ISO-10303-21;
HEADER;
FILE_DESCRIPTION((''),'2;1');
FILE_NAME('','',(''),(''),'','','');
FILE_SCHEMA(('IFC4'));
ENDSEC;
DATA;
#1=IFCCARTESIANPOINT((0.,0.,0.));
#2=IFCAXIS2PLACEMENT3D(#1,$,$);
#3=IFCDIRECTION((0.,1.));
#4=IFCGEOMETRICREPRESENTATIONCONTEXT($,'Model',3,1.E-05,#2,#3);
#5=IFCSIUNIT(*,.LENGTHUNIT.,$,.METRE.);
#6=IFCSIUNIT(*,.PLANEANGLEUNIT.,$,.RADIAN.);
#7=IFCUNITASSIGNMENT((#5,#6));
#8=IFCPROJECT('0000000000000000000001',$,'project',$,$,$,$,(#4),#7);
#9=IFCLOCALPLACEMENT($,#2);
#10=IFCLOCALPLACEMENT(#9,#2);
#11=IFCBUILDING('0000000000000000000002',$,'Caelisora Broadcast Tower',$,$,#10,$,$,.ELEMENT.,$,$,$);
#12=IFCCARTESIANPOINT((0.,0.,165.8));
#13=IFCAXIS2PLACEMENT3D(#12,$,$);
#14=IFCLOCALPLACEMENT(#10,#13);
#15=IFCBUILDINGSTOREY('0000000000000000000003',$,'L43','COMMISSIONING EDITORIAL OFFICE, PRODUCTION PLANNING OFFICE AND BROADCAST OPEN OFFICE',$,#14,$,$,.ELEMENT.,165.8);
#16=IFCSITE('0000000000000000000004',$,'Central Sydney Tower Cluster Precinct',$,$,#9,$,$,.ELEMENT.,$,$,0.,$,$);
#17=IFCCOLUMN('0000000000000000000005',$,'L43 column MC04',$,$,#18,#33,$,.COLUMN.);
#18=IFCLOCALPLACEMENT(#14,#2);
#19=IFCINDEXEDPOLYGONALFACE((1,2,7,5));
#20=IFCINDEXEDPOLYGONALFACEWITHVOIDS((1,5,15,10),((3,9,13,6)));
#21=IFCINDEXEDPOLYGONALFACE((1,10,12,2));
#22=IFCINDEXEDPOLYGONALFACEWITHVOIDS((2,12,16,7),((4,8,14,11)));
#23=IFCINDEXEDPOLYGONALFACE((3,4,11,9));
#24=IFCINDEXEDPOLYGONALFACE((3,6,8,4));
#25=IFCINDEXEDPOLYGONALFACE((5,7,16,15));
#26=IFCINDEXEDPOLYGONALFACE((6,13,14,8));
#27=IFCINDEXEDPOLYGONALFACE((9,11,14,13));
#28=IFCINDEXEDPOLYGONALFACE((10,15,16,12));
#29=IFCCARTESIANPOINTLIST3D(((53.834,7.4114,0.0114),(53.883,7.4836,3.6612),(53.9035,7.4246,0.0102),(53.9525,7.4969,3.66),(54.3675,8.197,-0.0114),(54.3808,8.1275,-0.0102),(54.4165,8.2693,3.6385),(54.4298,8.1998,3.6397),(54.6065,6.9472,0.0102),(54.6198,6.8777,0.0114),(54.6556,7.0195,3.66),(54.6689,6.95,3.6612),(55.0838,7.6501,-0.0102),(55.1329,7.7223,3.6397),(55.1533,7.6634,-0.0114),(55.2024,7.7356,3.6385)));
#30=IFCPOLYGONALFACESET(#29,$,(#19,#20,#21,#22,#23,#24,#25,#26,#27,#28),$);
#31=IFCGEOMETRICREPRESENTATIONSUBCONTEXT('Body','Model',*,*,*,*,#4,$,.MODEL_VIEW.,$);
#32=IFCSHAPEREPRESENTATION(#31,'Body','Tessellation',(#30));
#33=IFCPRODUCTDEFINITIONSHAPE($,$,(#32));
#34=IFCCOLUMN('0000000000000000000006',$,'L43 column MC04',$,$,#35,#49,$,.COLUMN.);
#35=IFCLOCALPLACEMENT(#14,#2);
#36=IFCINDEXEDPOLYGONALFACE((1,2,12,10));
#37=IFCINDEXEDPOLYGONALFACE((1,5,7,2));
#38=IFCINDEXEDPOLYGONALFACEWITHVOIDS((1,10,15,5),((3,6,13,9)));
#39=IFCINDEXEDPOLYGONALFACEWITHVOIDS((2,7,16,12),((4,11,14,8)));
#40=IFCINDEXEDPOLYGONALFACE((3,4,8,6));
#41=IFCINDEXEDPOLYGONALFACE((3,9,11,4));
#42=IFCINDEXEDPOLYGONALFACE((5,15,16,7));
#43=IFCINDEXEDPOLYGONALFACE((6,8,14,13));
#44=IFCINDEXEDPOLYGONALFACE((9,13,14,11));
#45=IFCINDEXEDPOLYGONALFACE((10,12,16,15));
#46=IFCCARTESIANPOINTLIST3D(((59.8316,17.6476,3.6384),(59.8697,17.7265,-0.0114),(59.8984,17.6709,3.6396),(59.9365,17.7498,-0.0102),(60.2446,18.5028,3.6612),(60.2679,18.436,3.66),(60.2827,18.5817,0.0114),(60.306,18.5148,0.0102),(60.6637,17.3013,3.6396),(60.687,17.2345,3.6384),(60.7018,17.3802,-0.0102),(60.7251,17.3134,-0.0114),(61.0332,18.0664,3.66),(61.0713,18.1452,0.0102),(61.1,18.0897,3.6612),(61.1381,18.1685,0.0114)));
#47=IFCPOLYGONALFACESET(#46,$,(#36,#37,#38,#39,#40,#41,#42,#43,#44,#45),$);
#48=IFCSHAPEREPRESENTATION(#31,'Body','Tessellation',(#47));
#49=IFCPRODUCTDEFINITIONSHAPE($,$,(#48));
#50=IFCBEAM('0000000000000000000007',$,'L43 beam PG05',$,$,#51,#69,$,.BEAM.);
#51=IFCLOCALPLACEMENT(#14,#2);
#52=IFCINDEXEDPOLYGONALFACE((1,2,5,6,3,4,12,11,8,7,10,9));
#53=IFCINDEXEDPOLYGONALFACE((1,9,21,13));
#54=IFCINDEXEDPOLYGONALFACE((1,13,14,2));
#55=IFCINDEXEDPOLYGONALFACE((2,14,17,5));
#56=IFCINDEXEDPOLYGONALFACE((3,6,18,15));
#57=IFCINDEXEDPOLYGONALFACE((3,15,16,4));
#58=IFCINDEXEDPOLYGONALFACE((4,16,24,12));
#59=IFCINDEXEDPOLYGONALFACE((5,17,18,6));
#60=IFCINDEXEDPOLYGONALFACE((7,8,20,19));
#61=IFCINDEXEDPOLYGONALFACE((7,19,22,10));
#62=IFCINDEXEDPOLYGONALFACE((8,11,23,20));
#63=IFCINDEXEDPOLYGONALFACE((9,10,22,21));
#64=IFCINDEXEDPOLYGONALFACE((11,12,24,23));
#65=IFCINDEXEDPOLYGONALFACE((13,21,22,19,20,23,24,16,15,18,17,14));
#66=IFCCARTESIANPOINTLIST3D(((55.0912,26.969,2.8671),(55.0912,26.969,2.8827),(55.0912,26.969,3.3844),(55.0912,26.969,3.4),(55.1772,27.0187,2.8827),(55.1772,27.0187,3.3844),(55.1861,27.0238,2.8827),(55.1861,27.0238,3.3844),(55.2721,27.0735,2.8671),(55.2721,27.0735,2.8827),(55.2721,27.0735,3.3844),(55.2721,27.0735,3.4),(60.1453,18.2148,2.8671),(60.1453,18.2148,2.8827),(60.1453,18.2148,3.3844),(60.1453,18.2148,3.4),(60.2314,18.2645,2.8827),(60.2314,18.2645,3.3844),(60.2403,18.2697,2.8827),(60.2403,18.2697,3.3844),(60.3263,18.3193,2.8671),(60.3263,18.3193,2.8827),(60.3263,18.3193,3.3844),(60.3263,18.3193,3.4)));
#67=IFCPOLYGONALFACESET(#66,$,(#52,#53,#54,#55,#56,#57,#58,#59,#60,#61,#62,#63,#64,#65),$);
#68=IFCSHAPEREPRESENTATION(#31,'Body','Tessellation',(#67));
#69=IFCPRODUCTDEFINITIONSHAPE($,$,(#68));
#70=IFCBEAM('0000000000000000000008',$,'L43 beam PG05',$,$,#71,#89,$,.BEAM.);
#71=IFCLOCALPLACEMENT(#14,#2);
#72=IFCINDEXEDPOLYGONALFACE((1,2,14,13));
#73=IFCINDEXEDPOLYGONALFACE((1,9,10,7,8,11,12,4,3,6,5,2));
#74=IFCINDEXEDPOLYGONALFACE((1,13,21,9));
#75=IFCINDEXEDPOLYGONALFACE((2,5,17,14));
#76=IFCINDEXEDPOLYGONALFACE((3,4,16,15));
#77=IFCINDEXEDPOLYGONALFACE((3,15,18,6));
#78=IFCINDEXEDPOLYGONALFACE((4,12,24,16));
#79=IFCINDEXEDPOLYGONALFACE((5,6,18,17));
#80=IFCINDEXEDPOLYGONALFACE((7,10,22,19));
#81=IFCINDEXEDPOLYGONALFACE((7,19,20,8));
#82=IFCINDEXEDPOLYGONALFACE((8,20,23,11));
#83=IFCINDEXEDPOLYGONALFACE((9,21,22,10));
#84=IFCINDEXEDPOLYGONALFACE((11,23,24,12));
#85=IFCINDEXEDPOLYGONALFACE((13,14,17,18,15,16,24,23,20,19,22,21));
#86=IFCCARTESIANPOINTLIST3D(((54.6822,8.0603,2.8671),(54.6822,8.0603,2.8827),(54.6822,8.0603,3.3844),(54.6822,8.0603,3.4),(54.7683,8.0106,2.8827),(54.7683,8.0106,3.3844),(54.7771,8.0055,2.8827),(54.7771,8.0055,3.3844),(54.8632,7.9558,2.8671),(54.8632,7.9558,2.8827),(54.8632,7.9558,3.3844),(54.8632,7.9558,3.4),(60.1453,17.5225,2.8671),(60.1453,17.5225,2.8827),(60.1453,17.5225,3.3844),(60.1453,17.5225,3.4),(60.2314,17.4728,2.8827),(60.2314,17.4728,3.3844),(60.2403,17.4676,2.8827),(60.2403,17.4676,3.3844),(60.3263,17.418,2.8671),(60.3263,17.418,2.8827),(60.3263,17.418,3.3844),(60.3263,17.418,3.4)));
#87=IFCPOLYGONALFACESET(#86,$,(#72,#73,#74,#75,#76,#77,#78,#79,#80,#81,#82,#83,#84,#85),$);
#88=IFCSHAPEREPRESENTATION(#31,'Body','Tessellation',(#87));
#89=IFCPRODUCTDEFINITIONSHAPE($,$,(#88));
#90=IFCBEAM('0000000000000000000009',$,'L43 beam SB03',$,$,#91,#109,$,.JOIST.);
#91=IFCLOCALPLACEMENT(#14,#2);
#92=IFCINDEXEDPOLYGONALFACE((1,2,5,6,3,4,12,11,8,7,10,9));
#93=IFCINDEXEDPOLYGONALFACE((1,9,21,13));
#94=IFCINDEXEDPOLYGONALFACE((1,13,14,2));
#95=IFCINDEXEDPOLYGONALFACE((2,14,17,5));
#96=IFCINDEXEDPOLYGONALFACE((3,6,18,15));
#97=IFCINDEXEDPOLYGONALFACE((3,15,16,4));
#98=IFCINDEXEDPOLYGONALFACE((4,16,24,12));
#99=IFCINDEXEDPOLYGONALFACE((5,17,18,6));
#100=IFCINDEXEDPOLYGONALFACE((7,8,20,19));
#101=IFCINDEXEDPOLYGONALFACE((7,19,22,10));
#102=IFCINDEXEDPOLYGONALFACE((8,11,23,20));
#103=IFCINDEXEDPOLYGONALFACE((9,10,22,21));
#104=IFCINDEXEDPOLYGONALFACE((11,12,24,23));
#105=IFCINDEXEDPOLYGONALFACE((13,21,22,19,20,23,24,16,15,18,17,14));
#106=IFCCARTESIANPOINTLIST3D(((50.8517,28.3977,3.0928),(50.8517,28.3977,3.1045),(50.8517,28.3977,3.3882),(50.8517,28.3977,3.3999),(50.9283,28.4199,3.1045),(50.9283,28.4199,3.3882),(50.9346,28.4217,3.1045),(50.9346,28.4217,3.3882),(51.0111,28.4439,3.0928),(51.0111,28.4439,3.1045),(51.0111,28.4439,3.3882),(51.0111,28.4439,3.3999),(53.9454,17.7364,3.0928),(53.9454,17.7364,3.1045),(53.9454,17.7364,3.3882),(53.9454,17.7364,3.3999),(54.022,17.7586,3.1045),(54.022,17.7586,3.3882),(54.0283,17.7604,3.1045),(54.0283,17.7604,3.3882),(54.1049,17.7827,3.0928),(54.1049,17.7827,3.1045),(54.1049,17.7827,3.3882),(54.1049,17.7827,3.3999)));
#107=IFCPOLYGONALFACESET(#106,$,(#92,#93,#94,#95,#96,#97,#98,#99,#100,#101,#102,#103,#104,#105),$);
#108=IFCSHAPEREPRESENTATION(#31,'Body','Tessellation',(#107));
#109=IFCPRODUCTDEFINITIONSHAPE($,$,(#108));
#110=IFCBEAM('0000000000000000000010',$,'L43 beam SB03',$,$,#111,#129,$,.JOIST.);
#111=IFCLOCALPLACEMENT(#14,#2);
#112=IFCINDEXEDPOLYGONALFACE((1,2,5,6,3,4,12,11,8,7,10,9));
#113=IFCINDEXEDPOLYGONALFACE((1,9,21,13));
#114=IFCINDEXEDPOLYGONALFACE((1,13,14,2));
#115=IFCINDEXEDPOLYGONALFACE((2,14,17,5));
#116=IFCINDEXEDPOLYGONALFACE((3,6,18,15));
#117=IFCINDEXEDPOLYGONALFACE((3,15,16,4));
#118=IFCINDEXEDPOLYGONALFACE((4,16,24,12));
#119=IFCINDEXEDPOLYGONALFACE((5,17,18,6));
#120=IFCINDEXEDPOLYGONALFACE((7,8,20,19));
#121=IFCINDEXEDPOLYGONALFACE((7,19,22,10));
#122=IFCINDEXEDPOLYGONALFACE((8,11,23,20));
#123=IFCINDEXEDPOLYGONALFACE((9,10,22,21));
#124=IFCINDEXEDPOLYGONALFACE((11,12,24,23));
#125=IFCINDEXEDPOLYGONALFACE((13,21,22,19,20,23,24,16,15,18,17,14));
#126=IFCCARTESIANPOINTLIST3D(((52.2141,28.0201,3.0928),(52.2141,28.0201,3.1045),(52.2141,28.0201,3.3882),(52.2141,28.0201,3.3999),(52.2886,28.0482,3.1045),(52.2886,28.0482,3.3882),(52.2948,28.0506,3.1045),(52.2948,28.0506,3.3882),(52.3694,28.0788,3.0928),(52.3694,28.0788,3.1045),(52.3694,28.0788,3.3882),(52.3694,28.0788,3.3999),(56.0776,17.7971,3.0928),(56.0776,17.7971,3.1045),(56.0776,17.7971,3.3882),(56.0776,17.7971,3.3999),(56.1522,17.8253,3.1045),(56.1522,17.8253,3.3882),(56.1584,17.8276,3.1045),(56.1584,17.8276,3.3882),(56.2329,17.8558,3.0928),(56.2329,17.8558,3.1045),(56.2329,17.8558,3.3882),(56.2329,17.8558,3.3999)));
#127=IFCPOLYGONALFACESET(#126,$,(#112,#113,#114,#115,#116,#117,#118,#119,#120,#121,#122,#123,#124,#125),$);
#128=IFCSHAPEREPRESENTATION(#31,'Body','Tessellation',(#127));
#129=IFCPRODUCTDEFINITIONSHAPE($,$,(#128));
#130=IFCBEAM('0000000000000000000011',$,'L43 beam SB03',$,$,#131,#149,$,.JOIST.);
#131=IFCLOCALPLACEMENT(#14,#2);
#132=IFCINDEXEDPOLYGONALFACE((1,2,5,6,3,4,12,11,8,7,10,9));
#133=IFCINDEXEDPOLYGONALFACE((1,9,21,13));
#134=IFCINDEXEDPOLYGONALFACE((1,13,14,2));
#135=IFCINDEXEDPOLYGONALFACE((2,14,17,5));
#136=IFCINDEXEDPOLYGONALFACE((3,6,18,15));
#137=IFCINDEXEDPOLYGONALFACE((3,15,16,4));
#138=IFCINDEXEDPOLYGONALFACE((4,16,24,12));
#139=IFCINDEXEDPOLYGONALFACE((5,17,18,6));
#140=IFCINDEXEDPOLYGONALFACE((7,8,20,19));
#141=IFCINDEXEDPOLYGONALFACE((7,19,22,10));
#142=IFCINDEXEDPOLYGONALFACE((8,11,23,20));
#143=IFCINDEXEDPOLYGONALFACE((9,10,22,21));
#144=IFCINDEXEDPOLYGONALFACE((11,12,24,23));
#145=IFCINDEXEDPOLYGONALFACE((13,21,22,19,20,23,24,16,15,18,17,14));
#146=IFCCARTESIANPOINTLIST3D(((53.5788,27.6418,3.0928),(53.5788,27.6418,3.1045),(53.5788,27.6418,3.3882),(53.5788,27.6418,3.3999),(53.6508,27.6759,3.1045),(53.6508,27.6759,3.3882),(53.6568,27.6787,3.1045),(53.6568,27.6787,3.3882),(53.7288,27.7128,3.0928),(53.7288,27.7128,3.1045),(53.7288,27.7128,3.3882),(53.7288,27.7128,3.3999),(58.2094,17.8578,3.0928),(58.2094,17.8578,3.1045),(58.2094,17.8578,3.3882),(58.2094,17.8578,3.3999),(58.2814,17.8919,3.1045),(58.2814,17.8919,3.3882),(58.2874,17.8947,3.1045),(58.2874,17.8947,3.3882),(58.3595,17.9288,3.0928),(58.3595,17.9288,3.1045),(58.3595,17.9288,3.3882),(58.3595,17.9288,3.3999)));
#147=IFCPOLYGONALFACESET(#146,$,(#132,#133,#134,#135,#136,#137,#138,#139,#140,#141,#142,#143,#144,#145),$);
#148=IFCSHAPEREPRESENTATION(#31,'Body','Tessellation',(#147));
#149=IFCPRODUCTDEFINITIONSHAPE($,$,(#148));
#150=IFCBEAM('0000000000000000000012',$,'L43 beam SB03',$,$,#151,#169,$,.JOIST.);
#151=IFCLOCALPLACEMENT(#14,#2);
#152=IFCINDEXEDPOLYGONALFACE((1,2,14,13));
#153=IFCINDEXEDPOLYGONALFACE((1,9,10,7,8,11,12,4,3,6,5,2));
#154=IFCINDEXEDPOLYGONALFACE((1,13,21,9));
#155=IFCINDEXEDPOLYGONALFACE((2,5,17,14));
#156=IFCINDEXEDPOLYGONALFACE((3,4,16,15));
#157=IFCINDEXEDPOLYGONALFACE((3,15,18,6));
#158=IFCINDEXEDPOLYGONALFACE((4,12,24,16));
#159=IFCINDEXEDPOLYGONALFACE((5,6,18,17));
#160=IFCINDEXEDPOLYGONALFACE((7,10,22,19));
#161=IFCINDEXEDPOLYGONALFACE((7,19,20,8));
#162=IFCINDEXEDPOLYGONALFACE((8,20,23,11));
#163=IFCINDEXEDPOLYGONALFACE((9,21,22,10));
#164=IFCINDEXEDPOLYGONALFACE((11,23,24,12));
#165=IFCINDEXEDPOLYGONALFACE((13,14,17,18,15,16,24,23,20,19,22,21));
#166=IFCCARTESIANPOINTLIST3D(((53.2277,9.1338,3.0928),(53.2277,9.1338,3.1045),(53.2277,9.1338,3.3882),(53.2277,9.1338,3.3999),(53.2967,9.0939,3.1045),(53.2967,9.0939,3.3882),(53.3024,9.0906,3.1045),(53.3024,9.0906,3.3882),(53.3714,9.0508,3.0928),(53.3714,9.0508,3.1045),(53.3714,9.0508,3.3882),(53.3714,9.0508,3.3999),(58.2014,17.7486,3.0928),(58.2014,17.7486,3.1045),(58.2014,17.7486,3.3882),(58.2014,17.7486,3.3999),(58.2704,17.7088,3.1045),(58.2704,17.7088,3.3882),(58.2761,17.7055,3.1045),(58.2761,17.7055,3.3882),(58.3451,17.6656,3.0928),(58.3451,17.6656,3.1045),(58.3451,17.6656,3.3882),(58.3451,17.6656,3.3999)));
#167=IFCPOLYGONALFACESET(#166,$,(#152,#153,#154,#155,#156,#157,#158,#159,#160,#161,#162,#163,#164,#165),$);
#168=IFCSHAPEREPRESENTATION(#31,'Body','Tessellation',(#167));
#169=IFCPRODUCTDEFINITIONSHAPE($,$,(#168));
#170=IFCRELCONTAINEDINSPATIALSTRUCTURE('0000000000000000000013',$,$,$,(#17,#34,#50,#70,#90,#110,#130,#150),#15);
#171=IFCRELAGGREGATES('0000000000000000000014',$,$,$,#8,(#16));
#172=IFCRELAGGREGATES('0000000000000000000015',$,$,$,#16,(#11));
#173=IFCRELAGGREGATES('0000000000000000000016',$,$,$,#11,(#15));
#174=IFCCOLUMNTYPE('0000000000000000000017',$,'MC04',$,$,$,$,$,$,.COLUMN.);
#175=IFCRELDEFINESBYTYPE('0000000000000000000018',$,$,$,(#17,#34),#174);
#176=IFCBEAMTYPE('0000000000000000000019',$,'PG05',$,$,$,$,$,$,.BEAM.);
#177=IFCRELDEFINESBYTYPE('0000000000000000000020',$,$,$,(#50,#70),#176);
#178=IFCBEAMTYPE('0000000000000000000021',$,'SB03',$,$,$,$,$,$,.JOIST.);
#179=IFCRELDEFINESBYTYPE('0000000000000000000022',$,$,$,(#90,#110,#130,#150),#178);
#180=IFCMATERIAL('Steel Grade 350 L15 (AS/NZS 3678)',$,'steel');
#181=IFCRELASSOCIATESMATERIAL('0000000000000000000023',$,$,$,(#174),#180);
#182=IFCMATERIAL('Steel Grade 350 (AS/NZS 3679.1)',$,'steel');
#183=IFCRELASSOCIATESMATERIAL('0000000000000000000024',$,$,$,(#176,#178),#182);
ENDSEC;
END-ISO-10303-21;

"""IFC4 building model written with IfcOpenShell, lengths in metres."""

from ifc_helpers import new_model, si_unit, direction, frame, origin, origin_2d, place, context, subcontext, project, spatial, hollow_rectangle, i_section, extrude, source, transform, mapped, material, material_profile, profile_set, type_object, type_shapes, element, save


model = new_model("IFC4")

# Units and contexts
model_context = context("Model", 3, precision=1e-05, world=origin(), true_north=direction((0.0, 1.0)))
body_context = subcontext(model_context, "Body", "Model", "MODEL_VIEW")
ifc_project = project(units=[si_unit("LENGTHUNIT", "METRE"), si_unit("PLANEANGLEUNIT", "RADIAN")], contexts=[model_context])

# Site, building, storey
site_placement = place(None, origin())
site = spatial("IfcSite", under=ifc_project, at=site_placement, Name="Central Sydney Tower Cluster Precinct", CompositionType="ELEMENT", RefElevation=0.0)
building_placement = place(site_placement, origin())
building = spatial("IfcBuilding", under=site, at=building_placement, Name="Caelisora Broadcast Tower", CompositionType="ELEMENT")
storey_placement = place(building_placement, frame((0.0, 0.0, 165.8)))
storey = spatial("IfcBuildingStorey", under=building, at=storey_placement, Name="L43", Description="COMMISSIONING EDITORIAL OFFICE, PRODUCTION PLANNING OFFICE AND BROADCAST OPEN OFFICE", CompositionType="ELEMENT", Elevation=165.8)

# Columns
ifc_material_1 = material(Name="Steel Grade 350 L15 (AS/NZS 3678)", Category="steel")
ifc_material_profile_1 = material_profile(ifc_material_1, hollow_rectangle(XDim=0.95, YDim=0.95, WallThickness=0.05, at=origin_2d()), Name="Steel Grade 350 L15 (AS/NZS 3678)")
ifc_profile_set_1 = profile_set([ifc_material_profile_1], Name="Steel Grade 350 L15 (AS/NZS 3678)")
column_type = type_object("IfcColumnType", Name="MC04", PredefinedType="COLUMN", material=ifc_profile_set_1)
shared_shape_1 = source(origin(), body_context, "Body", "SweptSolid", [
    extrude(hollow_rectangle(XDim=0.95, YDim=0.95, WallThickness=0.05, at=origin_2d()), origin(), (0.0, 0.0, 1.0), 3.6509),
])
type_shapes(column_type, [shared_shape_1])
for number, where, z_axis, x_axis, name in (
    (1, (54.4937, 7.5374, 0.0), (0.013441, 0.019794, 0.999714), (-0.82729, 0.561775, 0.0), "L43 column MC04"),
    (2, (60.5039, 17.9475, 0.0), (-0.010432, -0.021599, 0.999712), (0.900476, -0.434905, 0.0), "L43 column MC04"),
):
    element("IfcColumn", number, at=place(storey_placement, frame(where, z_axis=z_axis, x_axis=x_axis)), inside=storey, type_object=column_type, Name=name, PredefinedType="COLUMN", context=body_context, shape_type="MappedRepresentation", body=[
        mapped(shared_shape_1, transform((0.0, 0.0, 0.0), scale=1.0)),
    ])

# Beams
ifc_material_2 = material(Name="Steel Grade 350 (AS/NZS 3679.1)", Category="steel")
ifc_material_profile_2 = material_profile(ifc_material_2, i_section(OverallWidth=0.209, OverallDepth=0.533, WebThickness=0.0103, FlangeThickness=0.0156, at=origin_2d()), Name="Steel Grade 350 (AS/NZS 3679.1)")
ifc_profile_set_2 = profile_set([ifc_material_profile_2], Name="Steel Grade 350 (AS/NZS 3679.1)")
beam_type_1 = type_object("IfcBeamType", Name="PG05", PredefinedType="BEAM", material=ifc_profile_set_2)
shared_shape_2 = source(origin(), body_context, "Body", "SweptSolid", [
    extrude(i_section(OverallWidth=0.209, OverallDepth=0.533, WebThickness=0.0103, FlangeThickness=0.0156, at=origin_2d()), origin(), (0.0, 0.0, 1.0), 10.1084),
])
beam_1_placement = place(storey_placement, frame((60.2358, 18.2671, 3.1335), z_axis=(-0.499999, 0.866026, 0.0), x_axis=(-0.866026, -0.499999, 0.0)))
element("IfcBeam", 3, at=beam_1_placement, inside=storey, type_object=beam_type_1, Name="L43 beam PG05", PredefinedType="BEAM", context=body_context, shape_type="MappedRepresentation", body=[
    mapped(shared_shape_2, transform((0.0, 0.0, 0.0), scale=1.0)),
])
shared_shape_3 = source(origin(), body_context, "Body", "SweptSolid", [
    extrude(i_section(OverallWidth=0.209, OverallDepth=0.533, WebThickness=0.0103, FlangeThickness=0.0156, at=origin_2d()), origin(), (0.0, 0.0, 1.0), 10.926),
])
type_shapes(beam_type_1, [shared_shape_2, shared_shape_3])
beam_2_placement = place(storey_placement, frame((54.7727, 8.0081, 3.1335), z_axis=(0.500011, 0.866019, 0.0), x_axis=(-0.866019, 0.500011, 0.0)))
element("IfcBeam", 4, at=beam_2_placement, inside=storey, type_object=beam_type_1, Name="L43 beam PG05", PredefinedType="BEAM", context=body_context, shape_type="MappedRepresentation", body=[
    mapped(shared_shape_3, transform((0.0, 0.0, 0.0), scale=1.0)),
])
ifc_material_profile_3 = material_profile(ifc_material_2, i_section(OverallWidth=0.166, OverallDepth=0.3071, WebThickness=0.0066, FlangeThickness=0.0117, at=origin_2d()), Name="Steel Grade 350 (AS/NZS 3679.1)")
ifc_profile_set_3 = profile_set([ifc_material_profile_3], Name="Steel Grade 350 (AS/NZS 3679.1)")
beam_type_2 = type_object("IfcBeamType", Name="SB03", PredefinedType="JOIST", material=ifc_profile_set_3)
shared_shape_4 = source(origin(), body_context, "Body", "SweptSolid", [
    extrude(i_section(OverallWidth=0.166, OverallDepth=0.3071, WebThickness=0.0066, FlangeThickness=0.0117, at=origin_2d()), origin(), (0.0, 0.0, 1.0), 11.1011),
])
beam_3_placement = place(storey_placement, frame((54.0251, 17.7595, 3.2463), z_axis=(-0.278687, 0.960382, 0.0), x_axis=(-0.960382, -0.278687, 0.0)))
element("IfcBeam", 5, at=beam_3_placement, inside=storey, type_object=beam_type_2, Name="L43 beam SB03", PredefinedType="JOIST", context=body_context, shape_type="MappedRepresentation", body=[
    mapped(shared_shape_4, transform((0.0, 0.0, 0.0), scale=1.0)),
])
shared_shape_5 = source(origin(), body_context, "Body", "SweptSolid", [
    extrude(i_section(OverallWidth=0.166, OverallDepth=0.3071, WebThickness=0.0066, FlangeThickness=0.0117, at=origin_2d()), origin(), (0.0, 0.0, 1.0), 10.9287),
])
beam_4_placement = place(storey_placement, frame((56.1553, 17.8264, 3.2463), z_axis=(-0.353524, 0.935425, 0.0), x_axis=(-0.935425, -0.353524, 0.0)))
element("IfcBeam", 6, at=beam_4_placement, inside=storey, type_object=beam_type_2, Name="L43 beam SB03", PredefinedType="JOIST", context=body_context, shape_type="MappedRepresentation", body=[
    mapped(shared_shape_5, transform((0.0, 0.0, 0.0), scale=1.0)),
])
shared_shape_6 = source(origin(), body_context, "Body", "SweptSolid", [
    extrude(i_section(OverallWidth=0.166, OverallDepth=0.3071, WebThickness=0.0066, FlangeThickness=0.0117, at=origin_2d()), origin(), (0.0, 0.0, 1.0), 10.8245),
])
beam_5_placement = place(storey_placement, frame((58.2844, 17.8933, 3.2463), z_axis=(-0.427794, 0.903876, 0.0), x_axis=(-0.903876, -0.427794, 0.0)))
element("IfcBeam", 7, at=beam_5_placement, inside=storey, type_object=beam_type_2, Name="L43 beam SB03", PredefinedType="JOIST", context=body_context, shape_type="MappedRepresentation", body=[
    mapped(shared_shape_6, transform((0.0, 0.0, 0.0), scale=1.0)),
])
shared_shape_7 = source(origin(), body_context, "Body", "SweptSolid", [
    extrude(i_section(OverallWidth=0.166, OverallDepth=0.3071, WebThickness=0.0066, FlangeThickness=0.0117, at=origin_2d()), origin(), (0.0, 0.0, 1.0), 9.9475),
])
type_shapes(beam_type_2, [shared_shape_4, shared_shape_5, shared_shape_6, shared_shape_7])
beam_6_placement = place(storey_placement, frame((53.2996, 9.0923, 3.2463), z_axis=(0.499993, 0.866029, 0.0), x_axis=(-0.866029, 0.499993, 0.0)))
element("IfcBeam", 8, at=beam_6_placement, inside=storey, type_object=beam_type_2, Name="L43 beam SB03", PredefinedType="JOIST", context=body_context, shape_type="MappedRepresentation", body=[
    mapped(shared_shape_7, transform((0.0, 0.0, 0.0), scale=1.0)),
])

save(model, "model.ifc")
